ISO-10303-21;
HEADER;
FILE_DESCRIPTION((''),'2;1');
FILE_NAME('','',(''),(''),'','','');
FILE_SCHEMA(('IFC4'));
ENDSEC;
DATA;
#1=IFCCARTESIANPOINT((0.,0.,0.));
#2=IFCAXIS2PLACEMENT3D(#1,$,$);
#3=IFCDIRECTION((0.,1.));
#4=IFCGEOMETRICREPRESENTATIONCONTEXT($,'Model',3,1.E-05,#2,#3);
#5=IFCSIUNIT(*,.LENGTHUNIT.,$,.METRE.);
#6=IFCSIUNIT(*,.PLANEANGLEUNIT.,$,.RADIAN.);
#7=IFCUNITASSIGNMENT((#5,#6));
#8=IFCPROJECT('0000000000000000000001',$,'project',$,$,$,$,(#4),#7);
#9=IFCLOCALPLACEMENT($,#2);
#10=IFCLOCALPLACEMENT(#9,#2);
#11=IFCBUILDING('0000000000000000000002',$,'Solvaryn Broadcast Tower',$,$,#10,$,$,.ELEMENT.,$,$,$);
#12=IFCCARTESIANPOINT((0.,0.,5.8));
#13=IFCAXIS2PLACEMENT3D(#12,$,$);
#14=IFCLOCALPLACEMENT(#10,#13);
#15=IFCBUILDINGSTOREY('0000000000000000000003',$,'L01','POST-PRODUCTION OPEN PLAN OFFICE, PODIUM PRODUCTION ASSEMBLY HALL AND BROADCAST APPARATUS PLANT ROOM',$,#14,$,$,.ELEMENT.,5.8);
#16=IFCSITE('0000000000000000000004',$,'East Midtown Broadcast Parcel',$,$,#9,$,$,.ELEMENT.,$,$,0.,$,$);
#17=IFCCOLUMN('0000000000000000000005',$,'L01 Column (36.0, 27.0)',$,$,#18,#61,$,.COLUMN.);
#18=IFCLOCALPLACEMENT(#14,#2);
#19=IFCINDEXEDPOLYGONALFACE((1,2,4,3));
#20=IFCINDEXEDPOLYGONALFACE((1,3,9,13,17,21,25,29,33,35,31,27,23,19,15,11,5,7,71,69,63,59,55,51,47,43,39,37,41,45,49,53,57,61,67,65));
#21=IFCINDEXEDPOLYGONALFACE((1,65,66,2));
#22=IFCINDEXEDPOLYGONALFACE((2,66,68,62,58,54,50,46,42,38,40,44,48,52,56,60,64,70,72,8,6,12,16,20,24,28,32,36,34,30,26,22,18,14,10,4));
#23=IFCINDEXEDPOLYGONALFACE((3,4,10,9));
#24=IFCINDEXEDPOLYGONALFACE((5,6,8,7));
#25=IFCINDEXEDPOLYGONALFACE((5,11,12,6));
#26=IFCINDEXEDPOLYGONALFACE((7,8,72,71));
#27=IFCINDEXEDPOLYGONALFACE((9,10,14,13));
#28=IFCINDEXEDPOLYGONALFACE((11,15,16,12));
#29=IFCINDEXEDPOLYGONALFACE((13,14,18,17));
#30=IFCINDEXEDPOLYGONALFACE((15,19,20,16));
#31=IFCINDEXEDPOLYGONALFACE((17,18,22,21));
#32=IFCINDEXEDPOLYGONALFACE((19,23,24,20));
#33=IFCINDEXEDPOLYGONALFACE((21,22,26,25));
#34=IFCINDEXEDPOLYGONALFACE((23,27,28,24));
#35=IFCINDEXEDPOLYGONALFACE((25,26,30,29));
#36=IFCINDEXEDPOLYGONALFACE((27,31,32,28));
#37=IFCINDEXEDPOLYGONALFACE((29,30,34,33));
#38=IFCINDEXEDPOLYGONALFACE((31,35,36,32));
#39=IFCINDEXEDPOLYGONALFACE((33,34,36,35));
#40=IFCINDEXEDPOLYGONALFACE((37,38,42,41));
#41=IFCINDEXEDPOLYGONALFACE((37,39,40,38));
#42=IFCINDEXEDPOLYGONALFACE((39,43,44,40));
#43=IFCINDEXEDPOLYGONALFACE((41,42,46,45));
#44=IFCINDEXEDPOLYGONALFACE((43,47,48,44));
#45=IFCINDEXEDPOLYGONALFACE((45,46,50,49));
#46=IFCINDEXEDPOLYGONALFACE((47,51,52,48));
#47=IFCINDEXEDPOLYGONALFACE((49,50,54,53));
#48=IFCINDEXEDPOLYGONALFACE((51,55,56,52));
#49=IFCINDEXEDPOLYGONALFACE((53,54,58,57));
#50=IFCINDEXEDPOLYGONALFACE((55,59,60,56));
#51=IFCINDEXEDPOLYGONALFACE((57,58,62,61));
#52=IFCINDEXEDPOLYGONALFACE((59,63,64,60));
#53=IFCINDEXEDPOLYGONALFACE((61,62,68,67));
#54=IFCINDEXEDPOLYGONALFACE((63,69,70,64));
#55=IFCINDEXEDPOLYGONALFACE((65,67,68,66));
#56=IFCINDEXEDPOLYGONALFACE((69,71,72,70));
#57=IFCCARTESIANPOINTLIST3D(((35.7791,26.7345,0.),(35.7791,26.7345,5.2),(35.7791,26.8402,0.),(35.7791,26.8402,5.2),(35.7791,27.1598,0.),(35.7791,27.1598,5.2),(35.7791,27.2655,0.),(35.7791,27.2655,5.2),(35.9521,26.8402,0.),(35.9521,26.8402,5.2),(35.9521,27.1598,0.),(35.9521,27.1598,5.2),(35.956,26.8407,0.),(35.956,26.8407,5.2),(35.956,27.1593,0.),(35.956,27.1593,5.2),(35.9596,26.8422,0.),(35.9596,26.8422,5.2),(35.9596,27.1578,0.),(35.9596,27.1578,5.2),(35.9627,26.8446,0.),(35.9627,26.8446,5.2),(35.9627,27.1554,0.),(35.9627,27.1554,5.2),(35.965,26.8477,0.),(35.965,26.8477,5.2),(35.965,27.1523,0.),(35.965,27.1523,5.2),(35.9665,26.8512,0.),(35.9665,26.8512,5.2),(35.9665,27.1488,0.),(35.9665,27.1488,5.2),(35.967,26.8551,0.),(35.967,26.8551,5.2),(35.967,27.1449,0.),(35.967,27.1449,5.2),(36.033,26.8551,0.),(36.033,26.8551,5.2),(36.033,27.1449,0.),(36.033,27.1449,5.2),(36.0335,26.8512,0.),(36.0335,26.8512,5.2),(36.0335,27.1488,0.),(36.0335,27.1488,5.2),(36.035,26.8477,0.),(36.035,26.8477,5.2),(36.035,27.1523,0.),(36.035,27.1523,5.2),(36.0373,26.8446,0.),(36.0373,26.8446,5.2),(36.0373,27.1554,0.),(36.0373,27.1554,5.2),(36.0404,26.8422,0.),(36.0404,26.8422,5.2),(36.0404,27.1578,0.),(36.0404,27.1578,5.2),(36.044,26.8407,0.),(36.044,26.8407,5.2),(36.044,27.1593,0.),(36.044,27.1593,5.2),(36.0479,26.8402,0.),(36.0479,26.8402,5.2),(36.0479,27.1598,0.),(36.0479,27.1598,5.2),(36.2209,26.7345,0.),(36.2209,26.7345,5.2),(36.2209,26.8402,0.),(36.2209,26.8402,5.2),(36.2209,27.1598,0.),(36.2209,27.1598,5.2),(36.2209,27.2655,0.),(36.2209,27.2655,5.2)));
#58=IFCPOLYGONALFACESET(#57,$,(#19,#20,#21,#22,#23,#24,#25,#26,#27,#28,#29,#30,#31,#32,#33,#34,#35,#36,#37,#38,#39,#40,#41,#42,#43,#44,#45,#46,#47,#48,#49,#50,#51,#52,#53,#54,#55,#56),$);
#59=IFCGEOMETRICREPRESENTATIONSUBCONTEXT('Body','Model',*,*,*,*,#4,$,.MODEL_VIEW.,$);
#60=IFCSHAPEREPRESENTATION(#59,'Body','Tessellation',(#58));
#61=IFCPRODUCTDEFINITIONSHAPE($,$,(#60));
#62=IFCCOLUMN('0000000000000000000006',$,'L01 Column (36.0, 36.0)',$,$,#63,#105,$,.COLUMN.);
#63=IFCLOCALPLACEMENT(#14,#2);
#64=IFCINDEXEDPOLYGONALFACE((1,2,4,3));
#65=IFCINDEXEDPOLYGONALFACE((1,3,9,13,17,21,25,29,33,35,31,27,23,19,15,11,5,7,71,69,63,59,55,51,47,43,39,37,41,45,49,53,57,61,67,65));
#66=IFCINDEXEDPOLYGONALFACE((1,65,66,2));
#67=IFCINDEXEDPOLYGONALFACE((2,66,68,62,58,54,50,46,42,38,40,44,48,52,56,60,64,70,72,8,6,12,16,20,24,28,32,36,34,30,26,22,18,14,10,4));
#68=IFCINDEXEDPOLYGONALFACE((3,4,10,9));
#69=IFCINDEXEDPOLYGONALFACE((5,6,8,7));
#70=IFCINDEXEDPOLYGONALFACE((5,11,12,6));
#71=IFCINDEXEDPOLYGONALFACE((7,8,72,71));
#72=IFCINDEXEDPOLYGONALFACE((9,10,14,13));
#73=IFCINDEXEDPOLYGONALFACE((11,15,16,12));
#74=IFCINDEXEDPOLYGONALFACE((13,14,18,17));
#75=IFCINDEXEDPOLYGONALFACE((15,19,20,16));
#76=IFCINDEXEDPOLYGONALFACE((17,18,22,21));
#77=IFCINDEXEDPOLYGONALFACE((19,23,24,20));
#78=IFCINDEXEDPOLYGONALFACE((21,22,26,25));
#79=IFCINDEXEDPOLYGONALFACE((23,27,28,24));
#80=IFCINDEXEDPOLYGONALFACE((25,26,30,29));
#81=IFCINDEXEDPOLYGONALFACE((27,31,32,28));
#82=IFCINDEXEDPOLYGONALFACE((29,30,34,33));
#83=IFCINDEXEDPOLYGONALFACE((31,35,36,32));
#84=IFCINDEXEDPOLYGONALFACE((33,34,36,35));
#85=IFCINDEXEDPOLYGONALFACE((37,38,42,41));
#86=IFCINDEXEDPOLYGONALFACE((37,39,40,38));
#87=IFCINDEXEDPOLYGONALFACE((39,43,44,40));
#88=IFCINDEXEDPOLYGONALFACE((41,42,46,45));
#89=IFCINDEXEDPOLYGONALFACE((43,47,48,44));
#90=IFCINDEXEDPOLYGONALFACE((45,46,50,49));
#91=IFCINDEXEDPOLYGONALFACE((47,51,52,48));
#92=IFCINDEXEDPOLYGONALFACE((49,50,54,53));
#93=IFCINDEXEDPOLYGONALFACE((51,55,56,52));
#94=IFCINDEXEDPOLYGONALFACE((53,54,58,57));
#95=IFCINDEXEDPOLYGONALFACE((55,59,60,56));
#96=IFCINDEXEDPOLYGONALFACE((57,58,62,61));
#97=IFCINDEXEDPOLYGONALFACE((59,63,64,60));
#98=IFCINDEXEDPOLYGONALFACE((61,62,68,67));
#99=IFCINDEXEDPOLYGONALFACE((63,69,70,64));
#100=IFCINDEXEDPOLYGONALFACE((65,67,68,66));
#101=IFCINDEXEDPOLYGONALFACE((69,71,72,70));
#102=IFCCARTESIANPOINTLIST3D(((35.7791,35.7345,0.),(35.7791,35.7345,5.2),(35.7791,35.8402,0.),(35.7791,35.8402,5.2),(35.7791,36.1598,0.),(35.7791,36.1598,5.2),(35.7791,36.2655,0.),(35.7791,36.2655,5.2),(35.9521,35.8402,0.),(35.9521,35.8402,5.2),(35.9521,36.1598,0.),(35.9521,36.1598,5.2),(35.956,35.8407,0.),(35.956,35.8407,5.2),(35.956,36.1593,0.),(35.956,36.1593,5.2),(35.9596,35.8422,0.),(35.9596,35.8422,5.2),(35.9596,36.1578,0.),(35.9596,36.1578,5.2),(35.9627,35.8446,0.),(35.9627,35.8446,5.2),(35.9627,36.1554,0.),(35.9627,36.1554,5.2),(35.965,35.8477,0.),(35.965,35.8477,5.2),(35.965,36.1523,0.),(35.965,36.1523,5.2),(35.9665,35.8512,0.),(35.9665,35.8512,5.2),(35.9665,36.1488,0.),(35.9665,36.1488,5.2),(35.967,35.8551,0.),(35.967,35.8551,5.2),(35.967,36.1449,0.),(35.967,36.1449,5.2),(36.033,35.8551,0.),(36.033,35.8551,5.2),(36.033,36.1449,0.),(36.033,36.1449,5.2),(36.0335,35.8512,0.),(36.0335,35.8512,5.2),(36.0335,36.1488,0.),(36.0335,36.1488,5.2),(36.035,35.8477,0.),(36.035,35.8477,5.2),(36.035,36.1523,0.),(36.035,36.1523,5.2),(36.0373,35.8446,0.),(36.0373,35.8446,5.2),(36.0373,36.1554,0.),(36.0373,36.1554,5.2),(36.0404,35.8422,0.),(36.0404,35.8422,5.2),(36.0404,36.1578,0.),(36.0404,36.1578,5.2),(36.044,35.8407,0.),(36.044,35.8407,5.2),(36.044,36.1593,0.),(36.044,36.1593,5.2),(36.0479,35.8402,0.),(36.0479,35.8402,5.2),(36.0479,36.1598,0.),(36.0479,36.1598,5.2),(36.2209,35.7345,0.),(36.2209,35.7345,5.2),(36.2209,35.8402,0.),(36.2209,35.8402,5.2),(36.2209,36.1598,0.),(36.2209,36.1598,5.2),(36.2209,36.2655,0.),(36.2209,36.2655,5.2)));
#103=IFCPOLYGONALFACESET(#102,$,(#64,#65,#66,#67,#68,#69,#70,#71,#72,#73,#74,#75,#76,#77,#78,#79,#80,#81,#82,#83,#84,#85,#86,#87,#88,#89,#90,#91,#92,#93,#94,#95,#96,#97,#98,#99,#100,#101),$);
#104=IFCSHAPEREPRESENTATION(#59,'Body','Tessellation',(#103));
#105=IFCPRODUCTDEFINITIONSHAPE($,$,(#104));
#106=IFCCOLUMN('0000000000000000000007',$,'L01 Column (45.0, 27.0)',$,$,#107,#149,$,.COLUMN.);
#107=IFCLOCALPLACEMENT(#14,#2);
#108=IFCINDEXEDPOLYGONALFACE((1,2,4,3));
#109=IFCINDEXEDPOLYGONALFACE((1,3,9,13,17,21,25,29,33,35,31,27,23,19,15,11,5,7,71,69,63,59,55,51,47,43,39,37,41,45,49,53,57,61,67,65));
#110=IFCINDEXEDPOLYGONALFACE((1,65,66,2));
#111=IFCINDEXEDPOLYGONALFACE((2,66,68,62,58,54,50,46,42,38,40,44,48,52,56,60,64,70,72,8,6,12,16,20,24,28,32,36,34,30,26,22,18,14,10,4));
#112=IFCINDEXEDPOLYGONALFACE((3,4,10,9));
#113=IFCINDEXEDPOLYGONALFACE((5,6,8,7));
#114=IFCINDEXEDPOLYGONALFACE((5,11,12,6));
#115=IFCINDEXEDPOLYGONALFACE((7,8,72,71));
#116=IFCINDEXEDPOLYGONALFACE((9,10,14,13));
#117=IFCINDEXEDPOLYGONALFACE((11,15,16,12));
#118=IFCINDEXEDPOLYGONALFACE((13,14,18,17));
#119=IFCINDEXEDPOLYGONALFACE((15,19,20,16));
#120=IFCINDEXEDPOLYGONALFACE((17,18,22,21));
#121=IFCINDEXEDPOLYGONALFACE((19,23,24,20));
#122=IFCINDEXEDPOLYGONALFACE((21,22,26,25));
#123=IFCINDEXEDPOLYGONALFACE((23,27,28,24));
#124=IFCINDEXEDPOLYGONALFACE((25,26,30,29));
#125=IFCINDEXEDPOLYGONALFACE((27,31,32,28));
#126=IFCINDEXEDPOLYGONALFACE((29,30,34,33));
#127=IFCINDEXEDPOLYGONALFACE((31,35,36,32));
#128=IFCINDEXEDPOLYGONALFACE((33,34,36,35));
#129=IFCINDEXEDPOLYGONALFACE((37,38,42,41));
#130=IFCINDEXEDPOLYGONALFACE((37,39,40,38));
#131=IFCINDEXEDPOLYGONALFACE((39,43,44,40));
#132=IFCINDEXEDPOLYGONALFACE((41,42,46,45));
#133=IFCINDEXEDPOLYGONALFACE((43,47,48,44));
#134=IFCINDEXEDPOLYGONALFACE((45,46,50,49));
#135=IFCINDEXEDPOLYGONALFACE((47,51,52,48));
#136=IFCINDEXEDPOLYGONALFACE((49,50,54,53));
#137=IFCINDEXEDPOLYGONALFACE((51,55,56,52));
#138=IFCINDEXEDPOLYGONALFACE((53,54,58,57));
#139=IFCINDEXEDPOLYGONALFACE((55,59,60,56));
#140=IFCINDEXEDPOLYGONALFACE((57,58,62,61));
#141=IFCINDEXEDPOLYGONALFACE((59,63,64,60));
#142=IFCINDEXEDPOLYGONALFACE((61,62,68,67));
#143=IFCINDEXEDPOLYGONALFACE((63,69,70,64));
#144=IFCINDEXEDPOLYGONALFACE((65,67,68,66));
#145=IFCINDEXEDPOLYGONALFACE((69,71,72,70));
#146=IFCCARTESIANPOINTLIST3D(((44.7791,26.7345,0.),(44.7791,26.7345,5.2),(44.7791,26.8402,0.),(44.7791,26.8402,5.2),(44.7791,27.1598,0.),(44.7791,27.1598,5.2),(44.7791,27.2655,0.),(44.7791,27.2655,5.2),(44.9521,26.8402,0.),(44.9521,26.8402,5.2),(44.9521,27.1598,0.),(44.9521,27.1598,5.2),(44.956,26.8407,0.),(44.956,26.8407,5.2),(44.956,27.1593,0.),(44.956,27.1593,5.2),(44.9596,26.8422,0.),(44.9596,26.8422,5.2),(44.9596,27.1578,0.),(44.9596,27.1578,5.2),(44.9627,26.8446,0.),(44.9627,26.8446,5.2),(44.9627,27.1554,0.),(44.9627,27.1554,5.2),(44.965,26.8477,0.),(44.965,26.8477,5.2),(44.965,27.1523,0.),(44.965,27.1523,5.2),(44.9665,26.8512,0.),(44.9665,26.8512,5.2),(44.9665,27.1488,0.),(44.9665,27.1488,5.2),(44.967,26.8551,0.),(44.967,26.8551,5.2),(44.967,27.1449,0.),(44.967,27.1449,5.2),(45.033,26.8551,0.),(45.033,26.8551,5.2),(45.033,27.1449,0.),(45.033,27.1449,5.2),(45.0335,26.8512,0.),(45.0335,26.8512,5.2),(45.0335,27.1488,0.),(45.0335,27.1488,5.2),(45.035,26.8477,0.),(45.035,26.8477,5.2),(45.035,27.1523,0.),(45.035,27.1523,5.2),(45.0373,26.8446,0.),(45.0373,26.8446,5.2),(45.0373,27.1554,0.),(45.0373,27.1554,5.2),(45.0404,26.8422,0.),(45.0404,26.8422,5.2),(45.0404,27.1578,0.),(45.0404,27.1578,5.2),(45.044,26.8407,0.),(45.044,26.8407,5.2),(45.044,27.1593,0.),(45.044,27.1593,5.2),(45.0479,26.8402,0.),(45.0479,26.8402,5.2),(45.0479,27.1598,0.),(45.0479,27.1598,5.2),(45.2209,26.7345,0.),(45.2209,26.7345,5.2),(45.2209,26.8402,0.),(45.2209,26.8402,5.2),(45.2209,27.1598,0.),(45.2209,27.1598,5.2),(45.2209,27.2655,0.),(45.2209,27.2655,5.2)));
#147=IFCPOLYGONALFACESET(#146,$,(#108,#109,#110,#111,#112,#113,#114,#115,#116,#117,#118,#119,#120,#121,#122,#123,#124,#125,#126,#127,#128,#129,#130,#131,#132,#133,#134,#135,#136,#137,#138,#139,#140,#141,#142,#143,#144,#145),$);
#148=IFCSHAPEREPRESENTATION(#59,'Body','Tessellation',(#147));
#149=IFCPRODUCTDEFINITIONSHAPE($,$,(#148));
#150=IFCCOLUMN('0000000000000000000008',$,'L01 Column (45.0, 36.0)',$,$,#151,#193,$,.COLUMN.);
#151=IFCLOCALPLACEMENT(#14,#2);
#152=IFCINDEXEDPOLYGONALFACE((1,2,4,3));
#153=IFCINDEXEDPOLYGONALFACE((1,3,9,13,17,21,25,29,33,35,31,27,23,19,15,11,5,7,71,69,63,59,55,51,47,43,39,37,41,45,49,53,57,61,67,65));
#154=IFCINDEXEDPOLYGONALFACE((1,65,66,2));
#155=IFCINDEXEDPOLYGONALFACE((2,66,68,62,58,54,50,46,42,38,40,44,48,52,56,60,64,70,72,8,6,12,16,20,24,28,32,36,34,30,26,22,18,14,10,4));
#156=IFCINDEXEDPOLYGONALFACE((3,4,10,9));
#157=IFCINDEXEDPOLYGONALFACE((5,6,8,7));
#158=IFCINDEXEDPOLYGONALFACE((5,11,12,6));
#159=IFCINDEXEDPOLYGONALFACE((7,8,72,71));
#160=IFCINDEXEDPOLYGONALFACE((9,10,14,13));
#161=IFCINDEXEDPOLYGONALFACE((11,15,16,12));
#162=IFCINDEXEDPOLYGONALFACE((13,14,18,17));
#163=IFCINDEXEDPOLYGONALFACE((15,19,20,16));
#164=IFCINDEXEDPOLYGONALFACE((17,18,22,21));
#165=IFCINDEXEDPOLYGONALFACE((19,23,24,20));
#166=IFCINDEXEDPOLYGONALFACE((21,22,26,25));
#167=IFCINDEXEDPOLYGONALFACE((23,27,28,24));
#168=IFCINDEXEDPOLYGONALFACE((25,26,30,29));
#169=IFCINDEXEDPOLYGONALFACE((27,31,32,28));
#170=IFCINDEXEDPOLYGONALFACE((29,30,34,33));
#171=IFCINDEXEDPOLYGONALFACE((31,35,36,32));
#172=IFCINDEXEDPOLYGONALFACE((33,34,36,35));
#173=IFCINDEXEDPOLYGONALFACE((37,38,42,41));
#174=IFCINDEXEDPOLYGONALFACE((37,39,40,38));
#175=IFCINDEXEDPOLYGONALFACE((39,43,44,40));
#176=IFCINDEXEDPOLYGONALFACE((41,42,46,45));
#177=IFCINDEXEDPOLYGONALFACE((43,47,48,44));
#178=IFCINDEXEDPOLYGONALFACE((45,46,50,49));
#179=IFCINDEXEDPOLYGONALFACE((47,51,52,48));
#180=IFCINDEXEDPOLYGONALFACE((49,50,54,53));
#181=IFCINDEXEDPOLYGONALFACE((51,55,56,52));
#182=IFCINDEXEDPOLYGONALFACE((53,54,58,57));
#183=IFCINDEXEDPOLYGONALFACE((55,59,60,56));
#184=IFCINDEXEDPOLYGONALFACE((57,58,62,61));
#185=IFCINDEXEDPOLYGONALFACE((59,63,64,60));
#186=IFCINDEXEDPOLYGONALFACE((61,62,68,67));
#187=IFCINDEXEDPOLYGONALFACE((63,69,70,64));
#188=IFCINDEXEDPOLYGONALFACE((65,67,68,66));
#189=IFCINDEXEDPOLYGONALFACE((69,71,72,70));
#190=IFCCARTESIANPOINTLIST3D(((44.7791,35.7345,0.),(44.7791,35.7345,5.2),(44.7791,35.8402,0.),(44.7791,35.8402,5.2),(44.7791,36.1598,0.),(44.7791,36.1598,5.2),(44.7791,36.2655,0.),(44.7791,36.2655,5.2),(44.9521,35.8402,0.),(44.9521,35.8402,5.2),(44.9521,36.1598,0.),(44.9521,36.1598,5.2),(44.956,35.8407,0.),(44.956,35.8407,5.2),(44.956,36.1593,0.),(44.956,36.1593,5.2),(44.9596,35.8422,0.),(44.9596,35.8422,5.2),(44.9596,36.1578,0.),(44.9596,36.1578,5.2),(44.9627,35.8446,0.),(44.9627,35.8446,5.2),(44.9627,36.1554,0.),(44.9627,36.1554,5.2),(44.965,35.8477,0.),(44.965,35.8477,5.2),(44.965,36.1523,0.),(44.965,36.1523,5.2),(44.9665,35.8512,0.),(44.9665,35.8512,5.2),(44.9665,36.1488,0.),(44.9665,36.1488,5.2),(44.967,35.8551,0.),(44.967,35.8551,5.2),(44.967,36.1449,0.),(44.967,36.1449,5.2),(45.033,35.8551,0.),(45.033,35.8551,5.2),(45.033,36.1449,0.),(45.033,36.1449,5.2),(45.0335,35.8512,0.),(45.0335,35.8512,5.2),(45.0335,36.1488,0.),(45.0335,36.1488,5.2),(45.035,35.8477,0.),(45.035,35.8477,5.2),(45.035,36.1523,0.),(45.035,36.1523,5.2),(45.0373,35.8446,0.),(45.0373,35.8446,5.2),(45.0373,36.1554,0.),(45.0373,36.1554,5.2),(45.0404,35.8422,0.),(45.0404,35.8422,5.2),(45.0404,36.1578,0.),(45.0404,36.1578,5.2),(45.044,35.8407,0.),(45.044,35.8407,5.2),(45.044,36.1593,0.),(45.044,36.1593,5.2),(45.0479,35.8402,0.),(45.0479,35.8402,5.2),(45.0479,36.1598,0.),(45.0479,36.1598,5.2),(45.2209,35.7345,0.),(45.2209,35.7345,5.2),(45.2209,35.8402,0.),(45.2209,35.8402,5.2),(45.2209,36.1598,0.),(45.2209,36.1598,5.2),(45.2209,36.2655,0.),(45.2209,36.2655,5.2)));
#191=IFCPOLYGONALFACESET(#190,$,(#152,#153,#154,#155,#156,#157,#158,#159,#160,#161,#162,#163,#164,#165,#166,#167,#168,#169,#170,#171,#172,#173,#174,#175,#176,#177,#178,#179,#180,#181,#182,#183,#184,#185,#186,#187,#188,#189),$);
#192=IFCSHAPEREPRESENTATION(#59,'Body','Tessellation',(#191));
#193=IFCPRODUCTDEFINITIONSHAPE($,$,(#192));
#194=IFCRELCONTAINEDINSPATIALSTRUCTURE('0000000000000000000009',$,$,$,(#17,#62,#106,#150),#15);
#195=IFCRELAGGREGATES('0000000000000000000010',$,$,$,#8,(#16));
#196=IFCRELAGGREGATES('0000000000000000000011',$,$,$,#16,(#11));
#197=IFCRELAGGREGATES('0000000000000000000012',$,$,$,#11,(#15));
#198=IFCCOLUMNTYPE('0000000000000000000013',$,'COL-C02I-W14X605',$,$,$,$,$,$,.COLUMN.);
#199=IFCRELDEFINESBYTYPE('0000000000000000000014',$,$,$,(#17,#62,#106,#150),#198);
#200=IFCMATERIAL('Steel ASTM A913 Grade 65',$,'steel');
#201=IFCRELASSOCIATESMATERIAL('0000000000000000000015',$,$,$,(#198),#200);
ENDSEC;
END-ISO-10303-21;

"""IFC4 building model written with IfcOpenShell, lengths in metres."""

from ifc_helpers import new_model, si_unit, direction, frame, origin, origin_2d, place, context, subcontext, project, spatial, i_section, extrude, material, material_profile, profile_set, type_object, element, save


model = new_model("IFC4")

# Units and contexts
model_context = context("Model", 3, precision=1e-05, world=origin(), true_north=direction((0.0, 1.0)))
body_context = subcontext(model_context, "Body", "Model", "MODEL_VIEW")
ifc_project = project(units=[si_unit("LENGTHUNIT", "METRE"), si_unit("PLANEANGLEUNIT", "RADIAN")], contexts=[model_context])

# Site, building, storey
site_placement = place(None, origin())
site = spatial("IfcSite", under=ifc_project, at=site_placement, Name="East Midtown Broadcast Parcel", CompositionType="ELEMENT", RefElevation=0.0)
building_placement = place(site_placement, origin())
building = spatial("IfcBuilding", under=site, at=building_placement, Name="Solvaryn Broadcast Tower", CompositionType="ELEMENT")
storey_placement = place(building_placement, frame((0.0, 0.0, 5.8)))
storey = spatial("IfcBuildingStorey", under=building, at=storey_placement, Name="L01", Description="POST-PRODUCTION OPEN PLAN OFFICE, PODIUM PRODUCTION ASSEMBLY HALL AND BROADCAST APPARATUS PLANT ROOM", CompositionType="ELEMENT", Elevation=5.8)

# Columns
ifc_material_1 = material(Name="Steel ASTM A913 Grade 65", Category="steel")
ifc_material_profile_1 = material_profile(ifc_material_1, i_section(OverallWidth=0.4419, OverallDepth=0.531, WebThickness=0.0659, FlangeThickness=0.1057, FilletRadius=0.0149, at=origin_2d()))
ifc_profile_set_1 = profile_set([ifc_material_profile_1], Name="Steel ASTM A913 Grade 65")
column_type = type_object("IfcColumnType", Name="COL-C02I-W14X605", PredefinedType="COLUMN", material=ifc_profile_set_1)
for number, where, z_axis, x_axis, name in (
    (1, (36.0, 27.0, 0.0), (0.0, 0.0, 1.0), (1.0, 0.0, 0.0), "L01 Column (36.0, 27.0)"),
    (2, (36.0, 36.0, 0.0), (0.0, 0.0, 1.0), (1.0, 0.0, 0.0), "L01 Column (36.0, 36.0)"),
    (3, (45.0, 27.0, 0.0), (0.0, 0.0, 1.0), (1.0, 0.0, 0.0), "L01 Column (45.0, 27.0)"),
    (4, (45.0, 36.0, 0.0), (0.0, 0.0, 1.0), (1.0, 0.0, 0.0), "L01 Column (45.0, 36.0)"),
):
    element("IfcColumn", number, at=place(storey_placement, frame(where, z_axis=z_axis, x_axis=x_axis)), inside=storey, type_object=column_type, Name=name, PredefinedType="COLUMN", context=body_context, shape_type="SweptSolid", body=[
        extrude(i_section(OverallWidth=0.4419, OverallDepth=0.531, WebThickness=0.0659, FlangeThickness=0.1057, FilletRadius=0.0149, at=origin_2d()), origin(), (0.0, 0.0, 1.0), 5.2),
    ])

save(model, "model.ifc")
